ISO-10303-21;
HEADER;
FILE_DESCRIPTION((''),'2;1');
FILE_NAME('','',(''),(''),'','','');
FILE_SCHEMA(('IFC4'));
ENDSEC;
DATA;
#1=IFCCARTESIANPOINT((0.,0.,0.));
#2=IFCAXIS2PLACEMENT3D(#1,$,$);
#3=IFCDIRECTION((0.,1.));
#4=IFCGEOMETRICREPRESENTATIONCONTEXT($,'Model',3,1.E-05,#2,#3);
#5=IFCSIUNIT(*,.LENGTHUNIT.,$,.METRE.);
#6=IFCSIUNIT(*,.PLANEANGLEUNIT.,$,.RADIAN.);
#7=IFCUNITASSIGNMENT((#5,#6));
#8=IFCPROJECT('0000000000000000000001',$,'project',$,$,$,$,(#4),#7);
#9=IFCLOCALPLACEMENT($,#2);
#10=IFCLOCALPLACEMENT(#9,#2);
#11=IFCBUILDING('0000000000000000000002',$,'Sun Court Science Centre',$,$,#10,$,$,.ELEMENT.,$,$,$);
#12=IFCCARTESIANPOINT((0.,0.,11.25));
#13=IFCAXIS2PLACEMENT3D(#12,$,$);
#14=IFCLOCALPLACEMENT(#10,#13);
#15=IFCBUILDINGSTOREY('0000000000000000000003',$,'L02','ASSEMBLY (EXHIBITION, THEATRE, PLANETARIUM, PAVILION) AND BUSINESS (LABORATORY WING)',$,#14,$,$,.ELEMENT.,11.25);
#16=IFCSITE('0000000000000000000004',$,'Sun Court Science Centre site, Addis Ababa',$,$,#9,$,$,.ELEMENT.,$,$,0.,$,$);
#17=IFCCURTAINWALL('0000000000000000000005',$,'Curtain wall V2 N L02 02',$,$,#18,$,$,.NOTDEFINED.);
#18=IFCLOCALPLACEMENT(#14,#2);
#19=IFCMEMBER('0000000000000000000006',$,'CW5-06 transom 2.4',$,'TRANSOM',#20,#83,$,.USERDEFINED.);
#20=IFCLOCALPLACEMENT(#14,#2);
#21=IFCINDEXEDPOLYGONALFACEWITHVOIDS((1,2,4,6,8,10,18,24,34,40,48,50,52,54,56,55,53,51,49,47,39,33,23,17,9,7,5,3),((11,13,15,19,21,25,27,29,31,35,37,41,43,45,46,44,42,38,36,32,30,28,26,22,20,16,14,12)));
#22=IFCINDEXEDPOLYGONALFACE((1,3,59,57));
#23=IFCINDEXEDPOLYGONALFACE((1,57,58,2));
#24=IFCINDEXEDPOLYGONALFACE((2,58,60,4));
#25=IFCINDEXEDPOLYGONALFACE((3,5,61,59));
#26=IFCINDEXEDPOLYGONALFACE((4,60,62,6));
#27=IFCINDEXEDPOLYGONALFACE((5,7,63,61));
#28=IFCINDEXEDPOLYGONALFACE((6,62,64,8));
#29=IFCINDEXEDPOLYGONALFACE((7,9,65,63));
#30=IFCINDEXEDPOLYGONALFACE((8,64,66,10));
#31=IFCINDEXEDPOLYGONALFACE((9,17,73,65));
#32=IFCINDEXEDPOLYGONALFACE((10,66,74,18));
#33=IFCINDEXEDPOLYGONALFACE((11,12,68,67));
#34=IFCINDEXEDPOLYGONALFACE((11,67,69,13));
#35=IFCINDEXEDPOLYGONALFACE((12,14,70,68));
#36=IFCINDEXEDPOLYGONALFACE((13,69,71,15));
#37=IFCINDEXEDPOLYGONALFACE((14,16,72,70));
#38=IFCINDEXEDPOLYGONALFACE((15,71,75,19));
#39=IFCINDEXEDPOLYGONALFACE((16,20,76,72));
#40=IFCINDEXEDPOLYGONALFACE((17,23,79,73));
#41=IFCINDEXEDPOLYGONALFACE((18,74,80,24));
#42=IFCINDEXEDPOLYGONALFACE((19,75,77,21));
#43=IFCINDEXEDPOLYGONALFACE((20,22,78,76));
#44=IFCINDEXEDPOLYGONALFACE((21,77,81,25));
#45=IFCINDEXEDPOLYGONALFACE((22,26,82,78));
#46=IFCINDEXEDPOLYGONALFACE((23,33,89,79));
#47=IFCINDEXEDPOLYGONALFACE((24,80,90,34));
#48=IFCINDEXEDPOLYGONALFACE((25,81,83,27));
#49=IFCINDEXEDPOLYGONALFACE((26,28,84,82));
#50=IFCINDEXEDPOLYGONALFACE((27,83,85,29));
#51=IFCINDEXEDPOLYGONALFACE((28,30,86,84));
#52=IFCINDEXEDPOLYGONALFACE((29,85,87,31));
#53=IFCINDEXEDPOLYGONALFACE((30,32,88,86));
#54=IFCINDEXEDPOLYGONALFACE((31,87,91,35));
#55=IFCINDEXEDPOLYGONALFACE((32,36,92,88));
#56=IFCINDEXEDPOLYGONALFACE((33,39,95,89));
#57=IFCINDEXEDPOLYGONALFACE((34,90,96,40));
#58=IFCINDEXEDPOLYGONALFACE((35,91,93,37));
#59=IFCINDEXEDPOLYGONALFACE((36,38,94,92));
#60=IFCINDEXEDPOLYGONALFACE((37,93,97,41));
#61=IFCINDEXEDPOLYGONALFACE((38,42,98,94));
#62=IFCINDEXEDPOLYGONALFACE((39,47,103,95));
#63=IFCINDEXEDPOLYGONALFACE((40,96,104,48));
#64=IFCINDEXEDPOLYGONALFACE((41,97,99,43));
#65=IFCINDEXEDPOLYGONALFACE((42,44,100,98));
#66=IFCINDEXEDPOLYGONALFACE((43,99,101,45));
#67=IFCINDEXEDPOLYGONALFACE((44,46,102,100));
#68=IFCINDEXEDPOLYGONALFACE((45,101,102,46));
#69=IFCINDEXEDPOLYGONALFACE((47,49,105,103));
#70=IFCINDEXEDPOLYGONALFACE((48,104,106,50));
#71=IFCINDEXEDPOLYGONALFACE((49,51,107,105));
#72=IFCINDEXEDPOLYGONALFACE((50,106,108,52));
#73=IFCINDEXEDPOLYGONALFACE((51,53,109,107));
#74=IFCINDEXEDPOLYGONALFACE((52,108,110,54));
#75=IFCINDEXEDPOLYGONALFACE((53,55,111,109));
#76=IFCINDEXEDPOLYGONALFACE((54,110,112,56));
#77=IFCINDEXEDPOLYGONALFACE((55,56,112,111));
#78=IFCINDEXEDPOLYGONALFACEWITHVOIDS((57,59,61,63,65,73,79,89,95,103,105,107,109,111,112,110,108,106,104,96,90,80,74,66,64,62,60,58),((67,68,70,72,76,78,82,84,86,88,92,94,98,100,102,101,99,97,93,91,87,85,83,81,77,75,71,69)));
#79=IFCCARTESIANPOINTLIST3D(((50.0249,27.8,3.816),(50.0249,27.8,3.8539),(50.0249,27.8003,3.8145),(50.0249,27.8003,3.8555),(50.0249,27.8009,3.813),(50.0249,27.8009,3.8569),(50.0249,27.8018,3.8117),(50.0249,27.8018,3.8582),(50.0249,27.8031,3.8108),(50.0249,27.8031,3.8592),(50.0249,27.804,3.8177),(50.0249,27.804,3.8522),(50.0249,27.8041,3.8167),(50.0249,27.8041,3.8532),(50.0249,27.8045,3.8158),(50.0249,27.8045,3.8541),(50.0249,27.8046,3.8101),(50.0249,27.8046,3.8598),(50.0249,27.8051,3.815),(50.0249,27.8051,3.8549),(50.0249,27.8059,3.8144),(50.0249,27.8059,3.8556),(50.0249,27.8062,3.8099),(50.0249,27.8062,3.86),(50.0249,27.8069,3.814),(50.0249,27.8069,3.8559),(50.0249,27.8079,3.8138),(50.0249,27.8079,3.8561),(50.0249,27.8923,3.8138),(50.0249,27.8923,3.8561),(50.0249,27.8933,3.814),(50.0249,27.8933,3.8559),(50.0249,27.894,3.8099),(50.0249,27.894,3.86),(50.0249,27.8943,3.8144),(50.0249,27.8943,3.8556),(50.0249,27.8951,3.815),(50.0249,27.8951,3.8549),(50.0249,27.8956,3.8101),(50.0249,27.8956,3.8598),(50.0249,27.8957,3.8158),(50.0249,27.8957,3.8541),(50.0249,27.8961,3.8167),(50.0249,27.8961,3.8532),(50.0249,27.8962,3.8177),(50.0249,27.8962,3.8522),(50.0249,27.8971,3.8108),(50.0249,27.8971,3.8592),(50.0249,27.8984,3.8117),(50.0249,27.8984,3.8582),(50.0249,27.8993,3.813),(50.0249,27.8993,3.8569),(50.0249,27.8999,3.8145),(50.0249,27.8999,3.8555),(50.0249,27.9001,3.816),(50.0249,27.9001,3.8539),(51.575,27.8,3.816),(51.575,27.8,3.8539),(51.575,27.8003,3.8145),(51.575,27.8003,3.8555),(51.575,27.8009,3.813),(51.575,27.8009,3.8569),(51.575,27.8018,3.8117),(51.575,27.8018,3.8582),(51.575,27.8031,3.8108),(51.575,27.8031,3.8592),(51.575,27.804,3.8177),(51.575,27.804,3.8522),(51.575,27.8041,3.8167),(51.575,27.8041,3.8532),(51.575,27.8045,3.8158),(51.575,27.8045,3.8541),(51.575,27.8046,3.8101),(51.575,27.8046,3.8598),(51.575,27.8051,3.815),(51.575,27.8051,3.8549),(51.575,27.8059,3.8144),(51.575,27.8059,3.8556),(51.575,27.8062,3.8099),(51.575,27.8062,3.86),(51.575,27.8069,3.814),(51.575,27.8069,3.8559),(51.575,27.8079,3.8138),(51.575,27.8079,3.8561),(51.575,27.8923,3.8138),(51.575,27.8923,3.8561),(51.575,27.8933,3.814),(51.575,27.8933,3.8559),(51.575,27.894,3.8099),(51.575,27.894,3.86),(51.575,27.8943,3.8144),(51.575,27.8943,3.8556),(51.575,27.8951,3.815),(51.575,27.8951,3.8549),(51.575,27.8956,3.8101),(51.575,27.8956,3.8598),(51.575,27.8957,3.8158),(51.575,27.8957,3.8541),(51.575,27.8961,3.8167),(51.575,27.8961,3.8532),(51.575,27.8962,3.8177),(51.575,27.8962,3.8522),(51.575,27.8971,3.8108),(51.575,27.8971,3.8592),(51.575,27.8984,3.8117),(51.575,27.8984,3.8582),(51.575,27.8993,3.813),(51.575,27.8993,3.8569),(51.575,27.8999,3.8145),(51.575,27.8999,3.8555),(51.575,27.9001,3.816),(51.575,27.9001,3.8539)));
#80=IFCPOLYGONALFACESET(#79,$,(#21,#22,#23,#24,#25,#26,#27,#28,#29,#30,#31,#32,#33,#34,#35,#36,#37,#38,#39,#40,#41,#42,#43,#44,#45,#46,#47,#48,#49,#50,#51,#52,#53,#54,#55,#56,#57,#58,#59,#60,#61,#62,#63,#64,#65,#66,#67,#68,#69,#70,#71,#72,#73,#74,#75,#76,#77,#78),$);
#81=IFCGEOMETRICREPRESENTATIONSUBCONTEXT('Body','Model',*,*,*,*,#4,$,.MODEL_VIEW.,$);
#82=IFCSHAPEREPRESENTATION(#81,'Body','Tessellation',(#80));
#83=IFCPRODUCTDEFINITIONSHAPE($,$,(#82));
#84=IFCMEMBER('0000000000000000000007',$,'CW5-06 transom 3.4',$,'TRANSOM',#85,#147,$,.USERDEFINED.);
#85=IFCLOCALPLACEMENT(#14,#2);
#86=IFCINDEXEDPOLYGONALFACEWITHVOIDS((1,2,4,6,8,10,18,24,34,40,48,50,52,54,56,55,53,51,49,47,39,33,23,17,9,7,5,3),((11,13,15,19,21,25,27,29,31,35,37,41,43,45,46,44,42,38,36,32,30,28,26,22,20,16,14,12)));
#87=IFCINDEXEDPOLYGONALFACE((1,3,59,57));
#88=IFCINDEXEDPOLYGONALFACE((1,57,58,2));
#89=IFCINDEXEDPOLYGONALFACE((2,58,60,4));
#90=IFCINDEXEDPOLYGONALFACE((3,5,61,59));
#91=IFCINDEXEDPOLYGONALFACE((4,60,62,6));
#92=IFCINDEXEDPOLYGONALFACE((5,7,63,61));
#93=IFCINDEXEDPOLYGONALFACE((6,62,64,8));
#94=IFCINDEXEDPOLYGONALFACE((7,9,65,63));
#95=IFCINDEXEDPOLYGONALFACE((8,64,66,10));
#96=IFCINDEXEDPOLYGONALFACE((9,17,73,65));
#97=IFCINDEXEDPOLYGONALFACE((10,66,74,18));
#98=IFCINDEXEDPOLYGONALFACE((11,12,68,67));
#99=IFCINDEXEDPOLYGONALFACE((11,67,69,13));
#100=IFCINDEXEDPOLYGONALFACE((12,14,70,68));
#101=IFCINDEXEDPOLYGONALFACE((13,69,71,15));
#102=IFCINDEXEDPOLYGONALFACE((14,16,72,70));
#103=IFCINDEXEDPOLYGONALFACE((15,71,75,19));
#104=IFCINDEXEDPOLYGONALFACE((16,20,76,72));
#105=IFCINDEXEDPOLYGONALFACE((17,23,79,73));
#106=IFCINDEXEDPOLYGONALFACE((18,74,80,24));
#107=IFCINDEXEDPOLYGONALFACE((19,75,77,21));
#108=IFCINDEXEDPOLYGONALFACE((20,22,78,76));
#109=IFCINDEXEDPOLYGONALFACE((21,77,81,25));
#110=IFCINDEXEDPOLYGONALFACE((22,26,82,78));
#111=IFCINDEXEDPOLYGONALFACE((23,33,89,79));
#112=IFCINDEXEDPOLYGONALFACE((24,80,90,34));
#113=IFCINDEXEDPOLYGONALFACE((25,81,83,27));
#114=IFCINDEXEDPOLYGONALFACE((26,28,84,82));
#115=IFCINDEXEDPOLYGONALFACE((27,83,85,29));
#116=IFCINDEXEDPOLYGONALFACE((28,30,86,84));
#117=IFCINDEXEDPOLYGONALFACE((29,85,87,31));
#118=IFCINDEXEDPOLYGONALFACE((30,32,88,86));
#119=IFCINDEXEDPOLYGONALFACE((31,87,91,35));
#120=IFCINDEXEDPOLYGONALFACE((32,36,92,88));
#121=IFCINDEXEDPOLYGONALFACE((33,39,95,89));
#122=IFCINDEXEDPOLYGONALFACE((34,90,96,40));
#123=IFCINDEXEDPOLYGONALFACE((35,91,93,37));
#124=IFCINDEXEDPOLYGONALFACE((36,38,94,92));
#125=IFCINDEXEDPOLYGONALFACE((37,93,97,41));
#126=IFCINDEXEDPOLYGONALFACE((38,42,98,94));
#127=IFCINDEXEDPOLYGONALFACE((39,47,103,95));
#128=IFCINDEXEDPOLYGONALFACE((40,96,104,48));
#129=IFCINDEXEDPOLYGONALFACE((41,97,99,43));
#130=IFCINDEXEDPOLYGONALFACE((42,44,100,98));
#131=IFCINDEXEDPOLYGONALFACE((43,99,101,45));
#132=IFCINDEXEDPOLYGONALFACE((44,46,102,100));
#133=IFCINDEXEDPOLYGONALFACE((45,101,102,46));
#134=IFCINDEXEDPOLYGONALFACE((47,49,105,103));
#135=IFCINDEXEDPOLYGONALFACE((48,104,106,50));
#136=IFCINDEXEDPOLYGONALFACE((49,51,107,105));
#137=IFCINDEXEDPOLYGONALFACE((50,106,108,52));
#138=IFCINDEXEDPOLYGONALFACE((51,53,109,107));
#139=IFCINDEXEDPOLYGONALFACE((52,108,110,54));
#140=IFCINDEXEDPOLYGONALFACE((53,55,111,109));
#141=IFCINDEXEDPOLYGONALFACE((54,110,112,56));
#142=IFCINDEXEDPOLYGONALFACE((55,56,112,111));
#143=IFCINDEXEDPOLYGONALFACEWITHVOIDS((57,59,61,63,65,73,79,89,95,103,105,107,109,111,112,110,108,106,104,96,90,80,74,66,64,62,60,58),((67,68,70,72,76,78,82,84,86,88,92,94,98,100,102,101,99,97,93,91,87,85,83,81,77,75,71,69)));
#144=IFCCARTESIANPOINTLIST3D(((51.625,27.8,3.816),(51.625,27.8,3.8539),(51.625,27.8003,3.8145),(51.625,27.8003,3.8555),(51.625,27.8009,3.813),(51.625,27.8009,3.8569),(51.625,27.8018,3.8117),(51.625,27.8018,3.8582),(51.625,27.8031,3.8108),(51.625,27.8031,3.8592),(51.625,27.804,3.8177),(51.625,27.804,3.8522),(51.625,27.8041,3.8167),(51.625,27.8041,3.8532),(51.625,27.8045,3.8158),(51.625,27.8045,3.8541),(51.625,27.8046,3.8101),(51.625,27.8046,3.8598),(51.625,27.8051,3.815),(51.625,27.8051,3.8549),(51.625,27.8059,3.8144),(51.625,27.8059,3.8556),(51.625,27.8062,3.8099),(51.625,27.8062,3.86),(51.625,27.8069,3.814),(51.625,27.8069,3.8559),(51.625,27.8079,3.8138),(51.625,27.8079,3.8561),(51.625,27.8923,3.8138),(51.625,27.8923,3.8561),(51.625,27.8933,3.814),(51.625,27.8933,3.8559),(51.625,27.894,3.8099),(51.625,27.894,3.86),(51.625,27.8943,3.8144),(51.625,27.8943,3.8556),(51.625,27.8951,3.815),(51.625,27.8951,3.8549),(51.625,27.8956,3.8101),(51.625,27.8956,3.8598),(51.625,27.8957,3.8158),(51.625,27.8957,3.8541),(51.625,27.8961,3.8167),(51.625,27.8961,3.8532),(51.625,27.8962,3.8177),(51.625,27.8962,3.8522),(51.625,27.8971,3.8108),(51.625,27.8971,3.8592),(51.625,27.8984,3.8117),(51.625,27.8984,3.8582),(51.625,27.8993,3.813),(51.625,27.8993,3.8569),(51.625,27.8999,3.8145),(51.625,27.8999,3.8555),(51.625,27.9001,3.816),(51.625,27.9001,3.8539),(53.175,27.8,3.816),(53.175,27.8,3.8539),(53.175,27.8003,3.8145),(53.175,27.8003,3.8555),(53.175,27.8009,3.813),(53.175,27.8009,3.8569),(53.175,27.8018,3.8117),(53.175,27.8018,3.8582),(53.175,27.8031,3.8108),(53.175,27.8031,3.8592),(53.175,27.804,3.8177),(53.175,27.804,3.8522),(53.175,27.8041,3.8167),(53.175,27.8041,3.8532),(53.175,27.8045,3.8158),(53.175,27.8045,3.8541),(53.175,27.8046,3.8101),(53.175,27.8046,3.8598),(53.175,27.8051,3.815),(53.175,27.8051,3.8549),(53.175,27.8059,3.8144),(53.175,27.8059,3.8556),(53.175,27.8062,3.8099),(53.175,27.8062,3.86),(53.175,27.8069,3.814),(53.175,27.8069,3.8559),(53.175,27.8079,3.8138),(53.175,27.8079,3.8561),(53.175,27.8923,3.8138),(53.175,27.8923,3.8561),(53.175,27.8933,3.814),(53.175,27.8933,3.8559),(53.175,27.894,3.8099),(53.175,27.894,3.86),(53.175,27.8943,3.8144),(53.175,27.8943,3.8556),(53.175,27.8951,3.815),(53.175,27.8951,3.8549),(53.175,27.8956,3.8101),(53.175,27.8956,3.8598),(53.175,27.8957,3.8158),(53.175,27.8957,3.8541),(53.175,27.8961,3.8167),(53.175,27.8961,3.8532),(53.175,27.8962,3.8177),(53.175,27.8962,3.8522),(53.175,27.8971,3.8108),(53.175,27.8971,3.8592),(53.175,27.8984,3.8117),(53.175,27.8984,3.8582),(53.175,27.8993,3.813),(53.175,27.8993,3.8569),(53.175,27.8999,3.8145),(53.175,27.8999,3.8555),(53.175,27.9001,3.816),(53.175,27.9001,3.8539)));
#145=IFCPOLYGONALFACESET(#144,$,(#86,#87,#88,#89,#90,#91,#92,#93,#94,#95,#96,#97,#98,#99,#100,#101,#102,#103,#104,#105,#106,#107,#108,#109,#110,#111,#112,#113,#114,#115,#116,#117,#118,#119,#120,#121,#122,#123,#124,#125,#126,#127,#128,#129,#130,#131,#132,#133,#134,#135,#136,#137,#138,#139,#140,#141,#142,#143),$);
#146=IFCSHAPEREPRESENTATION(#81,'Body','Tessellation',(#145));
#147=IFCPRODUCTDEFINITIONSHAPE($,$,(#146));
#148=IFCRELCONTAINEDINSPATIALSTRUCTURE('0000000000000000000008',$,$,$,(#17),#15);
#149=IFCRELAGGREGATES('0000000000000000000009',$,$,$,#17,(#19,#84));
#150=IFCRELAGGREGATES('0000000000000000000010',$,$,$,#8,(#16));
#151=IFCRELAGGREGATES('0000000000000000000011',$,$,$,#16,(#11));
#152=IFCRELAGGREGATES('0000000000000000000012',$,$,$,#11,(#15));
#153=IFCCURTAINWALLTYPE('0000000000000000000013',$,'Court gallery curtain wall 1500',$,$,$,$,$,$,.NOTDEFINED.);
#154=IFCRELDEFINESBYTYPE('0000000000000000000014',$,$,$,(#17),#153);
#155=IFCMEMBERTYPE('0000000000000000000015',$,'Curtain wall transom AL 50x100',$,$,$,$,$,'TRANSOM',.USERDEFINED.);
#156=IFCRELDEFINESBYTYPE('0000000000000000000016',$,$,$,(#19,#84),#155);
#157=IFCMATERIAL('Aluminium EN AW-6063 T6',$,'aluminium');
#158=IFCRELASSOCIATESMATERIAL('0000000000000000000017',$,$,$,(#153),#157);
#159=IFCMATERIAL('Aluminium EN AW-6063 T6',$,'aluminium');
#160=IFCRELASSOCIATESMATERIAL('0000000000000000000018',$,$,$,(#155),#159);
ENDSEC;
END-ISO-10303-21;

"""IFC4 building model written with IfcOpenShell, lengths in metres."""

from ifc_helpers import new_model, si_unit, direction, frame, origin, origin_2d, place, context, subcontext, project, spatial, hollow_rectangle, extrude, material, material_profile, profile_set, type_object, element, aggregate, save


model = new_model("IFC4")

# Units and contexts
model_context = context("Model", 3, precision=1e-05, world=origin(), true_north=direction((0.0, 1.0)))
body_context = subcontext(model_context, "Body", "Model", "MODEL_VIEW")
ifc_project = project(units=[si_unit("LENGTHUNIT", "METRE"), si_unit("PLANEANGLEUNIT", "RADIAN")], contexts=[model_context])

# Site, building, storey
site_placement = place(None, origin())
site = spatial("IfcSite", under=ifc_project, at=site_placement, Name="Sun Court Science Centre site, Addis Ababa", CompositionType="ELEMENT", RefElevation=0.0)
building_placement = place(site_placement, origin())
building = spatial("IfcBuilding", under=site, at=building_placement, Name="Sun Court Science Centre", CompositionType="ELEMENT")
storey_placement = place(building_placement, frame((0.0, 0.0, 11.25)))
storey = spatial("IfcBuildingStorey", under=building, at=storey_placement, Name="L02", Description="ASSEMBLY (EXHIBITION, THEATRE, PLANETARIUM, PAVILION) AND BUSINESS (LABORATORY WING)", CompositionType="ELEMENT", Elevation=11.25)

# Curtain wall
ifc_material_1 = material(Name="Aluminium EN AW-6063 T6", Category="aluminium")
curtain_wall_type_1 = type_object("IfcCurtainWallType", Name="Court gallery curtain wall 1500", PredefinedType="NOTDEFINED", material=ifc_material_1)
curtain_wall_1_placement = place(storey_placement, origin())
curtain_wall_1 = element("IfcCurtainWall", 1, at=curtain_wall_1_placement, inside=storey, type_object=curtain_wall_type_1, Name="Curtain wall V2 N L02 02", PredefinedType="NOTDEFINED")

# Members
ifc_material_2 = material(Name="Aluminium EN AW-6063 T6", Category="aluminium")
ifc_material_profile_1 = material_profile(ifc_material_2, hollow_rectangle(XDim=0.05, YDim=0.1001, WallThickness=0.0039, InnerFilletRadius=0.0039, OuterFilletRadius=0.0061, at=origin_2d()), Name="AL 50x100x4")
ifc_profile_set_1 = profile_set([ifc_material_profile_1], Name="Aluminium EN AW-6063 T6")
member_type_1 = type_object("IfcMemberType", Name="Curtain wall transom AL 50x100", ElementType="TRANSOM", PredefinedType="USERDEFINED", material=ifc_profile_set_1)
member_1_placement = place(storey_placement, frame((50.0249, 27.8501, 3.835), z_axis=(1.0, 0.0, 0.0), x_axis=(0.0, 0.0, 1.0)))
member_1 = element("IfcMember", 2, at=member_1_placement, type_object=member_type_1, Name="CW5-06 transom 2.4", ObjectType="TRANSOM", PredefinedType="USERDEFINED", context=body_context, shape_type="SweptSolid", body=[
    extrude(hollow_rectangle(XDim=0.05, YDim=0.1001, WallThickness=0.0039, InnerFilletRadius=0.0039, OuterFilletRadius=0.0061, at=origin_2d()), origin(), (0.0, 0.0, 1.0), 1.55),
])
member_2_placement = place(storey_placement, frame((51.625, 27.8501, 3.835), z_axis=(1.0, 0.0, 0.0), x_axis=(0.0, 0.0, 1.0)))
member_2 = element("IfcMember", 3, at=member_2_placement, type_object=member_type_1, Name="CW5-06 transom 3.4", ObjectType="TRANSOM", PredefinedType="USERDEFINED", context=body_context, shape_type="SweptSolid", body=[
    extrude(hollow_rectangle(XDim=0.05, YDim=0.1001, WallThickness=0.0039, InnerFilletRadius=0.0039, OuterFilletRadius=0.0061, at=origin_2d()), origin(), (0.0, 0.0, 1.0), 1.55),
])

aggregate(curtain_wall_1, [member_1, member_2])

save(model, "model.ifc")
